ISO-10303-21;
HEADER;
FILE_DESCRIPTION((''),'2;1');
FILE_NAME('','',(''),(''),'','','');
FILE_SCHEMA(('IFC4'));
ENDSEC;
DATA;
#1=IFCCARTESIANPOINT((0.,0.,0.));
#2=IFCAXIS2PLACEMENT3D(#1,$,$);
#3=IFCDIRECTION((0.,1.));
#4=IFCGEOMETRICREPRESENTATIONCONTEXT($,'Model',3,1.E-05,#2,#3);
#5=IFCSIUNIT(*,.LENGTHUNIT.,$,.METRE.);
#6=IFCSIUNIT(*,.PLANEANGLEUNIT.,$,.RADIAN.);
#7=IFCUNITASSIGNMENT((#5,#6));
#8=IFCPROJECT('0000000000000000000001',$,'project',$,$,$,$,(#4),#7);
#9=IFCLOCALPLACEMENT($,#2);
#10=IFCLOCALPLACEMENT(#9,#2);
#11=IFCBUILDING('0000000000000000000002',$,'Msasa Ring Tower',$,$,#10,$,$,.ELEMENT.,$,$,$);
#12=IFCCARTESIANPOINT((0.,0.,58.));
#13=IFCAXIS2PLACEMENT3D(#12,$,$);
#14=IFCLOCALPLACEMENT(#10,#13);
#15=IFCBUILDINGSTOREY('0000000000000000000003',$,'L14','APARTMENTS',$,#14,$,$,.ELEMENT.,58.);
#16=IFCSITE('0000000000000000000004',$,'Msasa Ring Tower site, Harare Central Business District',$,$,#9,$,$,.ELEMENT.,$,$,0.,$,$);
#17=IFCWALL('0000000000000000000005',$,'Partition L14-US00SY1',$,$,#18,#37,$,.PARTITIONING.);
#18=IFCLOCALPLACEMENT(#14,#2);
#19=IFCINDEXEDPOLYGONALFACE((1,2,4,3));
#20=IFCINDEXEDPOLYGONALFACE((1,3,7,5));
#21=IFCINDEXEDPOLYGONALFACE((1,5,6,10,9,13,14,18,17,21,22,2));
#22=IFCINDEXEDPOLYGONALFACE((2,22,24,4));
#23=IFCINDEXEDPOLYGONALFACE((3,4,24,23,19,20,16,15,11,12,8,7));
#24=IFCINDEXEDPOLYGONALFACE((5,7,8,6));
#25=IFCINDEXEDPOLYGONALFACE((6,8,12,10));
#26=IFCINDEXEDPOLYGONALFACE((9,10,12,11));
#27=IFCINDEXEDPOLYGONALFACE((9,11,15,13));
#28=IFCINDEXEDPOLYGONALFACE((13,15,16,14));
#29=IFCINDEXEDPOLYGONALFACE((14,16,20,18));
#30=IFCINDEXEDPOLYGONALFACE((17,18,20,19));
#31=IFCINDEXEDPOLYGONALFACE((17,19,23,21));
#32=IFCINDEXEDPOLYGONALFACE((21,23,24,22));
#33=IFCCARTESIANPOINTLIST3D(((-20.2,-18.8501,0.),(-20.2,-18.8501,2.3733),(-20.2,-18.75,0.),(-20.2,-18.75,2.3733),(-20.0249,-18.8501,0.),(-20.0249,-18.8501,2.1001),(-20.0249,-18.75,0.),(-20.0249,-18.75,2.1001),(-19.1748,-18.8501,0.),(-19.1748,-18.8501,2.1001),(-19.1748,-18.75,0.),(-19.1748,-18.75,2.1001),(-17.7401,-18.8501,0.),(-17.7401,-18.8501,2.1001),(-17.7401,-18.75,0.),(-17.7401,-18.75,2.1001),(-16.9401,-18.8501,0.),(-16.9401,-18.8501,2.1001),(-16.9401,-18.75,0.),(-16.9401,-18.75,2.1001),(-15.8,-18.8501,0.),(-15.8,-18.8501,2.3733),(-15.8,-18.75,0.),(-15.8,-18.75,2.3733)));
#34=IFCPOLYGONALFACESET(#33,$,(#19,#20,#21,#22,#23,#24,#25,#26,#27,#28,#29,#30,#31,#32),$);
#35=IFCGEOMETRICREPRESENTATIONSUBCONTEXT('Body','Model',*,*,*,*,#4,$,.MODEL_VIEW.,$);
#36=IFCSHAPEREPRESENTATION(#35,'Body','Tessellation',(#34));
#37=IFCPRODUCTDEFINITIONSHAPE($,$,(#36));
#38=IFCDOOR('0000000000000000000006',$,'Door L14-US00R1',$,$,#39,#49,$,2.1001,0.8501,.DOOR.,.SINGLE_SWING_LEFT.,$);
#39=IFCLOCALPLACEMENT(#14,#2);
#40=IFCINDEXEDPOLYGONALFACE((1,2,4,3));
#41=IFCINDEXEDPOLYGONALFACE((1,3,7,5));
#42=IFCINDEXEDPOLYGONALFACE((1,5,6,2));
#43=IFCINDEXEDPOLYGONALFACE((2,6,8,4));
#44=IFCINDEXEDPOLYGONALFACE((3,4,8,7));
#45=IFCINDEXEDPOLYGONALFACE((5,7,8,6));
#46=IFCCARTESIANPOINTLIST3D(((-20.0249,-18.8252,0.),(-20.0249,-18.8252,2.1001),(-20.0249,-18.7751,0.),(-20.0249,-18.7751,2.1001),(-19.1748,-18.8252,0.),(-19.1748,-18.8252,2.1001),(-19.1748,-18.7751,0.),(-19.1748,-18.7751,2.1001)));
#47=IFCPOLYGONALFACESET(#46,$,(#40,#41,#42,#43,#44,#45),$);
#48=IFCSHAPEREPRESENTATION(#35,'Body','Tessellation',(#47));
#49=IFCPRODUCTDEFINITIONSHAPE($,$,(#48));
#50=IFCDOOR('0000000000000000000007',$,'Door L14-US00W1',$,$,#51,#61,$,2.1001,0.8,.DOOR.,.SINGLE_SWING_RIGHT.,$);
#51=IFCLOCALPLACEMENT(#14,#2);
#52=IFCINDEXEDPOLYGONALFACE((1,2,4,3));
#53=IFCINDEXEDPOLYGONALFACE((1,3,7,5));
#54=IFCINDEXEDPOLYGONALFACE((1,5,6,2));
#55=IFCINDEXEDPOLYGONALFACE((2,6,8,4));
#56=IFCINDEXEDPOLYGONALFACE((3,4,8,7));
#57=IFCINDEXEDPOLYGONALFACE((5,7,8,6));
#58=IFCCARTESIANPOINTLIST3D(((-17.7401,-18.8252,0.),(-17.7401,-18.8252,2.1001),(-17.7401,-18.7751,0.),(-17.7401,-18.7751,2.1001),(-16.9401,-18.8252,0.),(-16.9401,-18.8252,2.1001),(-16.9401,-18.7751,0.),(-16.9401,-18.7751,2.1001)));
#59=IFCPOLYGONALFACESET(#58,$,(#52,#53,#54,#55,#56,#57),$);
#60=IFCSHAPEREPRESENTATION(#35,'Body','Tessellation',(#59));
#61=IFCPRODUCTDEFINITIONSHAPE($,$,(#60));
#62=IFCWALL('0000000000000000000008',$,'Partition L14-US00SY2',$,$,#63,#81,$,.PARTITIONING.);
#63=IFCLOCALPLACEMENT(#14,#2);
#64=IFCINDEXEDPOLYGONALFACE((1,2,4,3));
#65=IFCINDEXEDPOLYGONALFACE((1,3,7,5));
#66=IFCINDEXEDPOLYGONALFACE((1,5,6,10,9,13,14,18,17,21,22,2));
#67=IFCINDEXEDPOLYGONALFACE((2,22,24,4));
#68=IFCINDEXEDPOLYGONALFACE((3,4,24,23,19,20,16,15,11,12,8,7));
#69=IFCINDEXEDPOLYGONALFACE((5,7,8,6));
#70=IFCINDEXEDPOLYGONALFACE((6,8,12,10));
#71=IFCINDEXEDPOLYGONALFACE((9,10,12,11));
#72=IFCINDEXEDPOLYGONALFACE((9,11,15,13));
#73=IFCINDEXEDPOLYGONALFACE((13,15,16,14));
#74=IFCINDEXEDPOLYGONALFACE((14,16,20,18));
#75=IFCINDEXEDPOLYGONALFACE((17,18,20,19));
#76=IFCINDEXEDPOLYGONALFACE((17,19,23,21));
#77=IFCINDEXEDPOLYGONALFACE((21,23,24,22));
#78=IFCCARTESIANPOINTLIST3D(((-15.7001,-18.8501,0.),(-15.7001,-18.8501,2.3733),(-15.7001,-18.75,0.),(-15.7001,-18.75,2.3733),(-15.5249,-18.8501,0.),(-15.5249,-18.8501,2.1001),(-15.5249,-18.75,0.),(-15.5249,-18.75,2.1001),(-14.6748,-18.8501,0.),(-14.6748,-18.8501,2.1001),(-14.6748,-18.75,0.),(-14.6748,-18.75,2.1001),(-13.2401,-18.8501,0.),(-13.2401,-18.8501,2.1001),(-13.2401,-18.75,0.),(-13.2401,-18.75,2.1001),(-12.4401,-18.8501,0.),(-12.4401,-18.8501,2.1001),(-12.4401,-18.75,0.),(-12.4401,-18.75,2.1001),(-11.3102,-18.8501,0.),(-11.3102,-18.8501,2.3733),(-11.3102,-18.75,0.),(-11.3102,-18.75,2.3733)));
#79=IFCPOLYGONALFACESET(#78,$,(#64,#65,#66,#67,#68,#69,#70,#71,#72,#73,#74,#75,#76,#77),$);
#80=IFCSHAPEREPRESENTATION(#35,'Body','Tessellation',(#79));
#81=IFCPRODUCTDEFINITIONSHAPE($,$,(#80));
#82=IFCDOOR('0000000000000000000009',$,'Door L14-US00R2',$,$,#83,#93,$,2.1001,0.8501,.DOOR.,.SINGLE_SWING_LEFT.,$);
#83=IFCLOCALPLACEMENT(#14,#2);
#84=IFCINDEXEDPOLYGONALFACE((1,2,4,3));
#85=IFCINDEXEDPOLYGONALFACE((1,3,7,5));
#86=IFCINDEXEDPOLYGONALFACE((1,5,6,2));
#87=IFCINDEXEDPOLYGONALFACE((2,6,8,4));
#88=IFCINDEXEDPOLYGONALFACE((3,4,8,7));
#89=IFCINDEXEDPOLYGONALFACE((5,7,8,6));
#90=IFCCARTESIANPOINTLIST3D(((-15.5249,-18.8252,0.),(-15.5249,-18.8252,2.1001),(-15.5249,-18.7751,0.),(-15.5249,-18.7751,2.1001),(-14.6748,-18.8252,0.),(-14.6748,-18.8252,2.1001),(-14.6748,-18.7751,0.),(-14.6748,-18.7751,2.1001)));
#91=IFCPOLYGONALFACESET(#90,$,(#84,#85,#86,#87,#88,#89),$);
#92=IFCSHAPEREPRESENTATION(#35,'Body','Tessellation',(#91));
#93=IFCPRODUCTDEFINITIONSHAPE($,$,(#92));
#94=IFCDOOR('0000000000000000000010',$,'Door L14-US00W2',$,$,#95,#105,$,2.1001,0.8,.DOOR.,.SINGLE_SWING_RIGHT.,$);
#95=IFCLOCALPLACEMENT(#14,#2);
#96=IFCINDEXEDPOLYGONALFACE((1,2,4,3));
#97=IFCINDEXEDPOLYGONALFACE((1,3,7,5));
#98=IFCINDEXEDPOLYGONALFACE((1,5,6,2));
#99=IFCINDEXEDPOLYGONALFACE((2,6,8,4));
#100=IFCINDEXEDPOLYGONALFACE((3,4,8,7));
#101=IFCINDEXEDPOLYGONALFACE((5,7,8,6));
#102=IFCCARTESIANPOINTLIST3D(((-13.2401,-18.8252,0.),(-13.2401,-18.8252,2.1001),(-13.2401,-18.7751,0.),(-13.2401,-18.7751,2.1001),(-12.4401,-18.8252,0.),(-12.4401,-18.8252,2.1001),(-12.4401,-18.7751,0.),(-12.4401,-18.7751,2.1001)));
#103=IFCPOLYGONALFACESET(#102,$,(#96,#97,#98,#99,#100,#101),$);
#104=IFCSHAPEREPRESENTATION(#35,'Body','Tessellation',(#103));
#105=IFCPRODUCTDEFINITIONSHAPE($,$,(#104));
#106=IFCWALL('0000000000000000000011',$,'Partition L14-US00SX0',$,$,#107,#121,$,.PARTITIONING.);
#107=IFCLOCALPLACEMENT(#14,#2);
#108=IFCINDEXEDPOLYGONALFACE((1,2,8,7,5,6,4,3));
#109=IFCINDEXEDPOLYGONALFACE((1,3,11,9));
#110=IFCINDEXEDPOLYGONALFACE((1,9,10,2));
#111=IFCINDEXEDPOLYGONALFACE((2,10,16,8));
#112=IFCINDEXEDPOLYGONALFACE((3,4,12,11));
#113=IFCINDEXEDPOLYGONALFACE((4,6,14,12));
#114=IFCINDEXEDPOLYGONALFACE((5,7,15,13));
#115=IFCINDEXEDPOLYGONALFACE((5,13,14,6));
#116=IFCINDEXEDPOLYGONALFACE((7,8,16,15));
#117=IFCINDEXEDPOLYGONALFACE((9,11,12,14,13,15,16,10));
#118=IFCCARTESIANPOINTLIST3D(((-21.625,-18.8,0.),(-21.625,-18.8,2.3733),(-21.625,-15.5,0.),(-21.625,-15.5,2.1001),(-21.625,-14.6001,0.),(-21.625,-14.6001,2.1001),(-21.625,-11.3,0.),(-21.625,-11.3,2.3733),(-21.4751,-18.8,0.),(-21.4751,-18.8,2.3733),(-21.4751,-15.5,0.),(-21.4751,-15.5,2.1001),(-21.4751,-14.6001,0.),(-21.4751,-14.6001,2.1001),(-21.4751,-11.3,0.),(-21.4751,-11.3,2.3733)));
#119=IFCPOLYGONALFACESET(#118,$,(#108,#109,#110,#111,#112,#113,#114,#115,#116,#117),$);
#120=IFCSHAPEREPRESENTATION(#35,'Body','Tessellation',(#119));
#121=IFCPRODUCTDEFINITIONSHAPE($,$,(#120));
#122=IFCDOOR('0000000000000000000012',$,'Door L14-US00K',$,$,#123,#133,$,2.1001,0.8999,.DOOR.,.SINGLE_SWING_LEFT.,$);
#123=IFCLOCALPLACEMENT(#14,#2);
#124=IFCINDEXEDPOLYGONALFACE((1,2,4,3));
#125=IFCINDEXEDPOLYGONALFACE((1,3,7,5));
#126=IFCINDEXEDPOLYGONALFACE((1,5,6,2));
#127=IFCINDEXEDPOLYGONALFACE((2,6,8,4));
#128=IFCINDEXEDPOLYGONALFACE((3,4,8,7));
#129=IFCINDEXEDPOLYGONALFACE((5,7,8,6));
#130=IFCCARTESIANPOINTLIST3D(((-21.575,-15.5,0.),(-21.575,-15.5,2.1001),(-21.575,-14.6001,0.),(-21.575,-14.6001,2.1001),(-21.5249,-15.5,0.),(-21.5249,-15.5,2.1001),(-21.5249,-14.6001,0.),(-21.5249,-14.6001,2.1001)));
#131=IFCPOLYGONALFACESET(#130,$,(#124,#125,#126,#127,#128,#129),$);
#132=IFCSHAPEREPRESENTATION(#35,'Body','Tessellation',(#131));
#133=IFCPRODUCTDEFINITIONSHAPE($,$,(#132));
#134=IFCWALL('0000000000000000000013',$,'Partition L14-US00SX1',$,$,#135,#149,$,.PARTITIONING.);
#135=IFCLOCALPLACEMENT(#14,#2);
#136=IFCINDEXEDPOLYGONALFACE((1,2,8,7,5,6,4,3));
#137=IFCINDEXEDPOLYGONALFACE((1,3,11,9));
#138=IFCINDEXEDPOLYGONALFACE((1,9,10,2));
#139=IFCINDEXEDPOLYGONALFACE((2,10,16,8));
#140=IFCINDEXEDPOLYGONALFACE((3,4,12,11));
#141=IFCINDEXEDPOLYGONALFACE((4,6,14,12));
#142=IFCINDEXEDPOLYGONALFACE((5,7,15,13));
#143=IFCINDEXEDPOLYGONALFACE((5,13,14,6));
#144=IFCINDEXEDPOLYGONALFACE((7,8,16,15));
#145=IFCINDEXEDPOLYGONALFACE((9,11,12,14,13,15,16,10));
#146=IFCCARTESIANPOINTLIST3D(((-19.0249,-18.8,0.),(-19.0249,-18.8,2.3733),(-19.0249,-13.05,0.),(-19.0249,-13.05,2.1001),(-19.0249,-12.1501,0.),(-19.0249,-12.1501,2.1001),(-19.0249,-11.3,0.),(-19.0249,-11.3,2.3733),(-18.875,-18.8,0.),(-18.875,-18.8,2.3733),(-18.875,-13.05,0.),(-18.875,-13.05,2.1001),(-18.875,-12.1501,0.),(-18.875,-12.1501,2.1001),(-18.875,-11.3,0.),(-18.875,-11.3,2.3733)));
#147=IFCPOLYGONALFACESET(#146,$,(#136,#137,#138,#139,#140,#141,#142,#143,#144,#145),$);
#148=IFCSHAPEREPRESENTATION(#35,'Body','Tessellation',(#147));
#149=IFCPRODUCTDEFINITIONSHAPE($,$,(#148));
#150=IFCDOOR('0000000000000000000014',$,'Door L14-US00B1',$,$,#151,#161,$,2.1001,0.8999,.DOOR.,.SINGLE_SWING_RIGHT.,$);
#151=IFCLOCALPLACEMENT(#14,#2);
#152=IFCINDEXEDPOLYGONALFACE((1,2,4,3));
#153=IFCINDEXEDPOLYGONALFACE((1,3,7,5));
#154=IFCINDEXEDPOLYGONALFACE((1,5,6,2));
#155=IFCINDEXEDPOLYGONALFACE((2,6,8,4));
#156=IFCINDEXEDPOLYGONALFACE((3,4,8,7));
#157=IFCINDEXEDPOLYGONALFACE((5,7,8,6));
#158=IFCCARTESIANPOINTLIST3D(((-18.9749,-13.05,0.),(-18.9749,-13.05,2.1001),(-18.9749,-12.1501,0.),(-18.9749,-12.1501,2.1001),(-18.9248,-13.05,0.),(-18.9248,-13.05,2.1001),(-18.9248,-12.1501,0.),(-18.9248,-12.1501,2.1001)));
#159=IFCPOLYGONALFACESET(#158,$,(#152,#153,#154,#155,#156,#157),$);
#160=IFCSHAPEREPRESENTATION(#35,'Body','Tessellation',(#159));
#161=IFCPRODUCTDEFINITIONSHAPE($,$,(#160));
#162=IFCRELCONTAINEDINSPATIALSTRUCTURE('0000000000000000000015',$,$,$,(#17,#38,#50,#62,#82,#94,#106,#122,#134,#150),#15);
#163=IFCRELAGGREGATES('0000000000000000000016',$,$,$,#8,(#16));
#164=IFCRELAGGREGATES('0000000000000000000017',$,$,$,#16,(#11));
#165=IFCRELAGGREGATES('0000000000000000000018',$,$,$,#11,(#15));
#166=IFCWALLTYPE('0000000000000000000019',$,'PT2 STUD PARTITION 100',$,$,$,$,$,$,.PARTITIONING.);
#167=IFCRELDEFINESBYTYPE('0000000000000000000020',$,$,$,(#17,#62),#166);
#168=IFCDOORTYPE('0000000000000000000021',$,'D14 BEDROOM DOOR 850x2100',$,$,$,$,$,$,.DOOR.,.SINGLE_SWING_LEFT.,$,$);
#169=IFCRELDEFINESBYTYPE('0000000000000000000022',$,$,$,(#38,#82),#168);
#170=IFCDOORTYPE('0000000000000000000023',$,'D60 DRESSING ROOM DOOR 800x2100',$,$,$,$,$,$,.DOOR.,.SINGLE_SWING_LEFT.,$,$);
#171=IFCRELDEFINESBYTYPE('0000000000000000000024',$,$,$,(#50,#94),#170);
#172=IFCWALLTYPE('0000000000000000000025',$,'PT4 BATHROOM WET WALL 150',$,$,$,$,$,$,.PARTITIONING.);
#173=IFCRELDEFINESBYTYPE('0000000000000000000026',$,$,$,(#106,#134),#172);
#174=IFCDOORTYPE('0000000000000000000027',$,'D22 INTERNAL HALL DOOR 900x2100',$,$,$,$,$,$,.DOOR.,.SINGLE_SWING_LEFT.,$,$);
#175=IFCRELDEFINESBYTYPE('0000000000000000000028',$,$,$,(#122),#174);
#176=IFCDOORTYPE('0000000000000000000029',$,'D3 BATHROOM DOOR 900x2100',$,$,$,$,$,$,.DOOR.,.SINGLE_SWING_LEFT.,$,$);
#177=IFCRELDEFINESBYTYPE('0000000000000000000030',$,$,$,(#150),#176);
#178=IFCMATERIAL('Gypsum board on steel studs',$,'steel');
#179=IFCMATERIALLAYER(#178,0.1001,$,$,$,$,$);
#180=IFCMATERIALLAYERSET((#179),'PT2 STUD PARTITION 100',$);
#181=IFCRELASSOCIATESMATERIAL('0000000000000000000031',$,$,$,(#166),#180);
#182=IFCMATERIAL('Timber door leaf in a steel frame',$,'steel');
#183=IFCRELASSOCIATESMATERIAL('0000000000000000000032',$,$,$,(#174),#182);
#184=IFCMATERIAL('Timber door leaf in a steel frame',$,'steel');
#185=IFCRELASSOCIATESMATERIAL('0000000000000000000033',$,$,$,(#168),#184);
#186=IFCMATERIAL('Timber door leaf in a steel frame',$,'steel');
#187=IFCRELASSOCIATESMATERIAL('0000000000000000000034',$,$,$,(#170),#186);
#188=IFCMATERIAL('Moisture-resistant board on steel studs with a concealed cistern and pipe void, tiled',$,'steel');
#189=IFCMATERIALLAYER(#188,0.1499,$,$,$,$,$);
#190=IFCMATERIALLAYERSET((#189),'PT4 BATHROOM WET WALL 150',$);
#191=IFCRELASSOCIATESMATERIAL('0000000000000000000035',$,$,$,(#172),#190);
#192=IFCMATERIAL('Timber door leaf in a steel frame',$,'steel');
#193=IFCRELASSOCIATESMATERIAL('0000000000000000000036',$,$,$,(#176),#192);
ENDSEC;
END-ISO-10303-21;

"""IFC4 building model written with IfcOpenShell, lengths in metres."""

from ifc_helpers import new_model, si_unit, direction, frame, frame_2d, origin, place, context, subcontext, project, spatial, rectangle, extrude, material, layer, layer_set, type_object, element, fill, save


model = new_model("IFC4")

# Units and contexts
model_context = context("Model", 3, precision=1e-05, world=origin(), true_north=direction((0.0, 1.0)))
body_context = subcontext(model_context, "Body", "Model", "MODEL_VIEW")
ifc_project = project(units=[si_unit("LENGTHUNIT", "METRE"), si_unit("PLANEANGLEUNIT", "RADIAN")], contexts=[model_context])

# Site, building, storey
site_placement = place(None, origin())
site = spatial("IfcSite", under=ifc_project, at=site_placement, Name="Msasa Ring Tower site, Harare Central Business District", CompositionType="ELEMENT", RefElevation=0.0)
building_placement = place(site_placement, origin())
building = spatial("IfcBuilding", under=site, at=building_placement, Name="Msasa Ring Tower", CompositionType="ELEMENT")
storey_placement = place(building_placement, frame((0.0, 0.0, 58.0)))
storey = spatial("IfcBuildingStorey", under=building, at=storey_placement, Name="L14", Description="APARTMENTS", CompositionType="ELEMENT", Elevation=58.0)

# Shared definitions
ifc_material_1 = material(Name="Gypsum board on steel studs", Category="steel")
ifc_layer_1 = layer(ifc_material_1, 0.1001)
ifc_layer_set_1 = layer_set([ifc_layer_1], Name="PT2 STUD PARTITION 100")
wall_type_1 = type_object("IfcWallType", Name="PT2 STUD PARTITION 100", PredefinedType="PARTITIONING", material=ifc_layer_set_1)
ifc_material_2 = material(Name="Timber door leaf in a steel frame", Category="steel")
door_type_1 = type_object("IfcDoorType", Name="D22 INTERNAL HALL DOOR 900x2100", OperationType="SINGLE_SWING_LEFT", PredefinedType="DOOR", material=ifc_material_2)

# Walls, openings, doors
wall_1_placement = place(storey_placement, frame((-20.2, -18.8, 0.0), z_axis=(0.0, 0.0, 1.0), x_axis=(1.0, 0.0, 0.0)))
wall_1 = element("IfcWall", 1, at=wall_1_placement, inside=storey, type_object=wall_type_1, Name="Partition L14-US00SY1", PredefinedType="PARTITIONING", context=body_context, shape_type="SweptSolid", body=[
    extrude(rectangle(XDim=4.3999, YDim=0.1001, at=frame_2d((2.2, 0.0))), origin(), (0.0, 0.0, 1.0), 2.3733),
])
opening_1_placement = place(wall_1_placement, frame((0.175, 0.0, 0.0)))
opening_1 = element("IfcOpeningElement", 2, at=opening_1_placement, cuts=wall_1, PredefinedType="OPENING", context=body_context, shape_type="SweptSolid", body=[
    extrude(rectangle(XDim=0.8501, YDim=2.1001, at=frame_2d((0.425, 1.05))), frame((0.0, 0.0601, 0.0), z_axis=(0.0, -1.0, 0.0), x_axis=(1.0, 0.0, 0.0)), (0.0, 0.0, 1.0), 0.1201),
])
opening_2_placement = place(wall_1_placement, frame((2.46, 0.0, 0.0)))
opening_2 = element("IfcOpeningElement", 3, at=opening_2_placement, cuts=wall_1, PredefinedType="OPENING", context=body_context, shape_type="SweptSolid", body=[
    extrude(rectangle(XDim=0.8, YDim=2.1001, at=frame_2d((0.3999, 1.05))), frame((0.0, 0.0601, 0.0), z_axis=(0.0, -1.0, 0.0), x_axis=(1.0, 0.0, 0.0)), (0.0, 0.0, 1.0), 0.1201),
])
ifc_material_3 = material(Name="Timber door leaf in a steel frame", Category="steel")
door_type_2 = type_object("IfcDoorType", Name="D14 BEDROOM DOOR 850x2100", OperationType="SINGLE_SWING_LEFT", PredefinedType="DOOR", material=ifc_material_3)
door_1_placement = place(opening_1_placement, origin())
door_1 = element("IfcDoor", 4, at=door_1_placement, inside=storey, type_object=door_type_2, Name="Door L14-US00R1", OperationType="SINGLE_SWING_LEFT", OverallHeight=2.1001, OverallWidth=0.8501, PredefinedType="DOOR", context=body_context, shape_type="SweptSolid", body=[
    extrude(rectangle(XDim=0.8501, YDim=2.1001, at=frame_2d((0.425, 1.05))), frame((0.0, 0.0249, 0.0), z_axis=(0.0, -1.0, 0.0), x_axis=(1.0, 0.0, 0.0)), (0.0, 0.0, 1.0), 0.05),
])
fill(opening_1, door_1)
ifc_material_4 = material(Name="Timber door leaf in a steel frame", Category="steel")
door_type_3 = type_object("IfcDoorType", Name="D60 DRESSING ROOM DOOR 800x2100", OperationType="SINGLE_SWING_LEFT", PredefinedType="DOOR", material=ifc_material_4)
door_2_placement = place(opening_2_placement, origin())
door_2 = element("IfcDoor", 5, at=door_2_placement, inside=storey, type_object=door_type_3, Name="Door L14-US00W1", OperationType="SINGLE_SWING_RIGHT", OverallHeight=2.1001, OverallWidth=0.8, PredefinedType="DOOR", context=body_context, shape_type="SweptSolid", body=[
    extrude(rectangle(XDim=0.8, YDim=2.1001, at=frame_2d((0.3999, 1.05))), frame((0.0, 0.0249, 0.0), z_axis=(0.0, -1.0, 0.0), x_axis=(1.0, 0.0, 0.0)), (0.0, 0.0, 1.0), 0.05),
])
fill(opening_2, door_2)
wall_2_placement = place(storey_placement, frame((-15.7, -18.8, 0.0), z_axis=(0.0, 0.0, 1.0), x_axis=(1.0, 0.0, 0.0)))
wall_2 = element("IfcWall", 6, at=wall_2_placement, inside=storey, type_object=wall_type_1, Name="Partition L14-US00SY2", PredefinedType="PARTITIONING", context=body_context, shape_type="SweptSolid", body=[
    extrude(rectangle(XDim=4.3899, YDim=0.1001, at=frame_2d((2.1948, 0.0))), origin(), (0.0, 0.0, 1.0), 2.3733),
])
opening_3_placement = place(wall_2_placement, frame((0.175, 0.0, 0.0)))
opening_3 = element("IfcOpeningElement", 7, at=opening_3_placement, cuts=wall_2, PredefinedType="OPENING", context=body_context, shape_type="SweptSolid", body=[
    extrude(rectangle(XDim=0.8501, YDim=2.1001, at=frame_2d((0.425, 1.05))), frame((0.0, 0.0601, 0.0), z_axis=(0.0, -1.0, 0.0), x_axis=(1.0, 0.0, 0.0)), (0.0, 0.0, 1.0), 0.1201),
])
opening_4_placement = place(wall_2_placement, frame((2.46, 0.0, 0.0)))
opening_4 = element("IfcOpeningElement", 8, at=opening_4_placement, cuts=wall_2, PredefinedType="OPENING", context=body_context, shape_type="SweptSolid", body=[
    extrude(rectangle(XDim=0.8, YDim=2.1001, at=frame_2d((0.3999, 1.05))), frame((0.0, 0.0601, 0.0), z_axis=(0.0, -1.0, 0.0), x_axis=(1.0, 0.0, 0.0)), (0.0, 0.0, 1.0), 0.1201),
])
door_3_placement = place(opening_3_placement, origin())
door_3 = element("IfcDoor", 9, at=door_3_placement, inside=storey, type_object=door_type_2, Name="Door L14-US00R2", OperationType="SINGLE_SWING_LEFT", OverallHeight=2.1001, OverallWidth=0.8501, PredefinedType="DOOR", context=body_context, shape_type="SweptSolid", body=[
    extrude(rectangle(XDim=0.8501, YDim=2.1001, at=frame_2d((0.425, 1.05))), frame((0.0, 0.0249, 0.0), z_axis=(0.0, -1.0, 0.0), x_axis=(1.0, 0.0, 0.0)), (0.0, 0.0, 1.0), 0.05),
])
fill(opening_3, door_3)
door_4_placement = place(opening_4_placement, origin())
door_4 = element("IfcDoor", 10, at=door_4_placement, inside=storey, type_object=door_type_3, Name="Door L14-US00W2", OperationType="SINGLE_SWING_RIGHT", OverallHeight=2.1001, OverallWidth=0.8, PredefinedType="DOOR", context=body_context, shape_type="SweptSolid", body=[
    extrude(rectangle(XDim=0.8, YDim=2.1001, at=frame_2d((0.3999, 1.05))), frame((0.0, 0.0249, 0.0), z_axis=(0.0, -1.0, 0.0), x_axis=(1.0, 0.0, 0.0)), (0.0, 0.0, 1.0), 0.05),
])
fill(opening_4, door_4)

# Walls, openings, doors
ifc_material_5 = material(Name="Moisture-resistant board on steel studs with a concealed cistern and pipe void, tiled", Category="steel")
ifc_layer_2 = layer(ifc_material_5, 0.1499)
ifc_layer_set_2 = layer_set([ifc_layer_2], Name="PT4 BATHROOM WET WALL 150")
wall_type_2 = type_object("IfcWallType", Name="PT4 BATHROOM WET WALL 150", PredefinedType="PARTITIONING", material=ifc_layer_set_2)
wall_3_placement = place(storey_placement, frame((-21.55, -18.8, 0.0), z_axis=(0.0, 0.0, 1.0), x_axis=(0.0, 1.0, 0.0)))
wall_3 = element("IfcWall", 11, at=wall_3_placement, inside=storey, type_object=wall_type_2, Name="Partition L14-US00SX0", PredefinedType="PARTITIONING", context=body_context, shape_type="SweptSolid", body=[
    extrude(rectangle(XDim=7.5, YDim=0.1499, at=frame_2d((3.75, 0.0))), origin(), (0.0, 0.0, 1.0), 2.3733),
])
opening_5_placement = place(wall_3_placement, frame((3.3, 0.0, 0.0)))
opening_5 = element("IfcOpeningElement", 12, at=opening_5_placement, cuts=wall_3, PredefinedType="OPENING", context=body_context, shape_type="SweptSolid", body=[
    extrude(rectangle(XDim=0.8999, YDim=2.1001, at=frame_2d((0.45, 1.05))), frame((0.0, 0.085, 0.0), z_axis=(0.0, -1.0, 0.0), x_axis=(1.0, 0.0, 0.0)), (0.0, 0.0, 1.0), 0.1699),
])
door_5_placement = place(opening_5_placement, origin())
door_5 = element("IfcDoor", 13, at=door_5_placement, inside=storey, type_object=door_type_1, Name="Door L14-US00K", OperationType="SINGLE_SWING_LEFT", OverallHeight=2.1001, OverallWidth=0.8999, PredefinedType="DOOR", context=body_context, shape_type="SweptSolid", body=[
    extrude(rectangle(XDim=0.8999, YDim=2.1001, at=frame_2d((0.45, 1.05))), frame((0.0, 0.0249, 0.0), z_axis=(0.0, -1.0, 0.0), x_axis=(1.0, 0.0, 0.0)), (0.0, 0.0, 1.0), 0.05),
])
fill(opening_5, door_5)
wall_4_placement = place(storey_placement, frame((-18.95, -18.8, 0.0), z_axis=(0.0, 0.0, 1.0), x_axis=(0.0, 1.0, 0.0)))
wall_4 = element("IfcWall", 14, at=wall_4_placement, inside=storey, type_object=wall_type_2, Name="Partition L14-US00SX1", PredefinedType="PARTITIONING", context=body_context, shape_type="SweptSolid", body=[
    extrude(rectangle(XDim=7.5, YDim=0.1499, at=frame_2d((3.75, 0.0))), origin(), (0.0, 0.0, 1.0), 2.3733),
])
opening_6_placement = place(wall_4_placement, frame((5.75, 0.0, 0.0)))
opening_6 = element("IfcOpeningElement", 15, at=opening_6_placement, cuts=wall_4, PredefinedType="OPENING", context=body_context, shape_type="SweptSolid", body=[
    extrude(rectangle(XDim=0.8999, YDim=2.1001, at=frame_2d((0.45, 1.05))), frame((0.0, 0.085, 0.0), z_axis=(0.0, -1.0, 0.0), x_axis=(1.0, 0.0, 0.0)), (0.0, 0.0, 1.0), 0.1699),
])
ifc_material_6 = material(Name="Timber door leaf in a steel frame", Category="steel")
door_type_4 = type_object("IfcDoorType", Name="D3 BATHROOM DOOR 900x2100", OperationType="SINGLE_SWING_LEFT", PredefinedType="DOOR", material=ifc_material_6)
door_6_placement = place(opening_6_placement, origin())
door_6 = element("IfcDoor", 16, at=door_6_placement, inside=storey, type_object=door_type_4, Name="Door L14-US00B1", OperationType="SINGLE_SWING_RIGHT", OverallHeight=2.1001, OverallWidth=0.8999, PredefinedType="DOOR", context=body_context, shape_type="SweptSolid", body=[
    extrude(rectangle(XDim=0.8999, YDim=2.1001, at=frame_2d((0.45, 1.05))), frame((0.0, 0.0249, 0.0), z_axis=(0.0, -1.0, 0.0), x_axis=(1.0, 0.0, 0.0)), (0.0, 0.0, 1.0), 0.05),
])
fill(opening_6, door_6)

save(model, "model.ifc")
